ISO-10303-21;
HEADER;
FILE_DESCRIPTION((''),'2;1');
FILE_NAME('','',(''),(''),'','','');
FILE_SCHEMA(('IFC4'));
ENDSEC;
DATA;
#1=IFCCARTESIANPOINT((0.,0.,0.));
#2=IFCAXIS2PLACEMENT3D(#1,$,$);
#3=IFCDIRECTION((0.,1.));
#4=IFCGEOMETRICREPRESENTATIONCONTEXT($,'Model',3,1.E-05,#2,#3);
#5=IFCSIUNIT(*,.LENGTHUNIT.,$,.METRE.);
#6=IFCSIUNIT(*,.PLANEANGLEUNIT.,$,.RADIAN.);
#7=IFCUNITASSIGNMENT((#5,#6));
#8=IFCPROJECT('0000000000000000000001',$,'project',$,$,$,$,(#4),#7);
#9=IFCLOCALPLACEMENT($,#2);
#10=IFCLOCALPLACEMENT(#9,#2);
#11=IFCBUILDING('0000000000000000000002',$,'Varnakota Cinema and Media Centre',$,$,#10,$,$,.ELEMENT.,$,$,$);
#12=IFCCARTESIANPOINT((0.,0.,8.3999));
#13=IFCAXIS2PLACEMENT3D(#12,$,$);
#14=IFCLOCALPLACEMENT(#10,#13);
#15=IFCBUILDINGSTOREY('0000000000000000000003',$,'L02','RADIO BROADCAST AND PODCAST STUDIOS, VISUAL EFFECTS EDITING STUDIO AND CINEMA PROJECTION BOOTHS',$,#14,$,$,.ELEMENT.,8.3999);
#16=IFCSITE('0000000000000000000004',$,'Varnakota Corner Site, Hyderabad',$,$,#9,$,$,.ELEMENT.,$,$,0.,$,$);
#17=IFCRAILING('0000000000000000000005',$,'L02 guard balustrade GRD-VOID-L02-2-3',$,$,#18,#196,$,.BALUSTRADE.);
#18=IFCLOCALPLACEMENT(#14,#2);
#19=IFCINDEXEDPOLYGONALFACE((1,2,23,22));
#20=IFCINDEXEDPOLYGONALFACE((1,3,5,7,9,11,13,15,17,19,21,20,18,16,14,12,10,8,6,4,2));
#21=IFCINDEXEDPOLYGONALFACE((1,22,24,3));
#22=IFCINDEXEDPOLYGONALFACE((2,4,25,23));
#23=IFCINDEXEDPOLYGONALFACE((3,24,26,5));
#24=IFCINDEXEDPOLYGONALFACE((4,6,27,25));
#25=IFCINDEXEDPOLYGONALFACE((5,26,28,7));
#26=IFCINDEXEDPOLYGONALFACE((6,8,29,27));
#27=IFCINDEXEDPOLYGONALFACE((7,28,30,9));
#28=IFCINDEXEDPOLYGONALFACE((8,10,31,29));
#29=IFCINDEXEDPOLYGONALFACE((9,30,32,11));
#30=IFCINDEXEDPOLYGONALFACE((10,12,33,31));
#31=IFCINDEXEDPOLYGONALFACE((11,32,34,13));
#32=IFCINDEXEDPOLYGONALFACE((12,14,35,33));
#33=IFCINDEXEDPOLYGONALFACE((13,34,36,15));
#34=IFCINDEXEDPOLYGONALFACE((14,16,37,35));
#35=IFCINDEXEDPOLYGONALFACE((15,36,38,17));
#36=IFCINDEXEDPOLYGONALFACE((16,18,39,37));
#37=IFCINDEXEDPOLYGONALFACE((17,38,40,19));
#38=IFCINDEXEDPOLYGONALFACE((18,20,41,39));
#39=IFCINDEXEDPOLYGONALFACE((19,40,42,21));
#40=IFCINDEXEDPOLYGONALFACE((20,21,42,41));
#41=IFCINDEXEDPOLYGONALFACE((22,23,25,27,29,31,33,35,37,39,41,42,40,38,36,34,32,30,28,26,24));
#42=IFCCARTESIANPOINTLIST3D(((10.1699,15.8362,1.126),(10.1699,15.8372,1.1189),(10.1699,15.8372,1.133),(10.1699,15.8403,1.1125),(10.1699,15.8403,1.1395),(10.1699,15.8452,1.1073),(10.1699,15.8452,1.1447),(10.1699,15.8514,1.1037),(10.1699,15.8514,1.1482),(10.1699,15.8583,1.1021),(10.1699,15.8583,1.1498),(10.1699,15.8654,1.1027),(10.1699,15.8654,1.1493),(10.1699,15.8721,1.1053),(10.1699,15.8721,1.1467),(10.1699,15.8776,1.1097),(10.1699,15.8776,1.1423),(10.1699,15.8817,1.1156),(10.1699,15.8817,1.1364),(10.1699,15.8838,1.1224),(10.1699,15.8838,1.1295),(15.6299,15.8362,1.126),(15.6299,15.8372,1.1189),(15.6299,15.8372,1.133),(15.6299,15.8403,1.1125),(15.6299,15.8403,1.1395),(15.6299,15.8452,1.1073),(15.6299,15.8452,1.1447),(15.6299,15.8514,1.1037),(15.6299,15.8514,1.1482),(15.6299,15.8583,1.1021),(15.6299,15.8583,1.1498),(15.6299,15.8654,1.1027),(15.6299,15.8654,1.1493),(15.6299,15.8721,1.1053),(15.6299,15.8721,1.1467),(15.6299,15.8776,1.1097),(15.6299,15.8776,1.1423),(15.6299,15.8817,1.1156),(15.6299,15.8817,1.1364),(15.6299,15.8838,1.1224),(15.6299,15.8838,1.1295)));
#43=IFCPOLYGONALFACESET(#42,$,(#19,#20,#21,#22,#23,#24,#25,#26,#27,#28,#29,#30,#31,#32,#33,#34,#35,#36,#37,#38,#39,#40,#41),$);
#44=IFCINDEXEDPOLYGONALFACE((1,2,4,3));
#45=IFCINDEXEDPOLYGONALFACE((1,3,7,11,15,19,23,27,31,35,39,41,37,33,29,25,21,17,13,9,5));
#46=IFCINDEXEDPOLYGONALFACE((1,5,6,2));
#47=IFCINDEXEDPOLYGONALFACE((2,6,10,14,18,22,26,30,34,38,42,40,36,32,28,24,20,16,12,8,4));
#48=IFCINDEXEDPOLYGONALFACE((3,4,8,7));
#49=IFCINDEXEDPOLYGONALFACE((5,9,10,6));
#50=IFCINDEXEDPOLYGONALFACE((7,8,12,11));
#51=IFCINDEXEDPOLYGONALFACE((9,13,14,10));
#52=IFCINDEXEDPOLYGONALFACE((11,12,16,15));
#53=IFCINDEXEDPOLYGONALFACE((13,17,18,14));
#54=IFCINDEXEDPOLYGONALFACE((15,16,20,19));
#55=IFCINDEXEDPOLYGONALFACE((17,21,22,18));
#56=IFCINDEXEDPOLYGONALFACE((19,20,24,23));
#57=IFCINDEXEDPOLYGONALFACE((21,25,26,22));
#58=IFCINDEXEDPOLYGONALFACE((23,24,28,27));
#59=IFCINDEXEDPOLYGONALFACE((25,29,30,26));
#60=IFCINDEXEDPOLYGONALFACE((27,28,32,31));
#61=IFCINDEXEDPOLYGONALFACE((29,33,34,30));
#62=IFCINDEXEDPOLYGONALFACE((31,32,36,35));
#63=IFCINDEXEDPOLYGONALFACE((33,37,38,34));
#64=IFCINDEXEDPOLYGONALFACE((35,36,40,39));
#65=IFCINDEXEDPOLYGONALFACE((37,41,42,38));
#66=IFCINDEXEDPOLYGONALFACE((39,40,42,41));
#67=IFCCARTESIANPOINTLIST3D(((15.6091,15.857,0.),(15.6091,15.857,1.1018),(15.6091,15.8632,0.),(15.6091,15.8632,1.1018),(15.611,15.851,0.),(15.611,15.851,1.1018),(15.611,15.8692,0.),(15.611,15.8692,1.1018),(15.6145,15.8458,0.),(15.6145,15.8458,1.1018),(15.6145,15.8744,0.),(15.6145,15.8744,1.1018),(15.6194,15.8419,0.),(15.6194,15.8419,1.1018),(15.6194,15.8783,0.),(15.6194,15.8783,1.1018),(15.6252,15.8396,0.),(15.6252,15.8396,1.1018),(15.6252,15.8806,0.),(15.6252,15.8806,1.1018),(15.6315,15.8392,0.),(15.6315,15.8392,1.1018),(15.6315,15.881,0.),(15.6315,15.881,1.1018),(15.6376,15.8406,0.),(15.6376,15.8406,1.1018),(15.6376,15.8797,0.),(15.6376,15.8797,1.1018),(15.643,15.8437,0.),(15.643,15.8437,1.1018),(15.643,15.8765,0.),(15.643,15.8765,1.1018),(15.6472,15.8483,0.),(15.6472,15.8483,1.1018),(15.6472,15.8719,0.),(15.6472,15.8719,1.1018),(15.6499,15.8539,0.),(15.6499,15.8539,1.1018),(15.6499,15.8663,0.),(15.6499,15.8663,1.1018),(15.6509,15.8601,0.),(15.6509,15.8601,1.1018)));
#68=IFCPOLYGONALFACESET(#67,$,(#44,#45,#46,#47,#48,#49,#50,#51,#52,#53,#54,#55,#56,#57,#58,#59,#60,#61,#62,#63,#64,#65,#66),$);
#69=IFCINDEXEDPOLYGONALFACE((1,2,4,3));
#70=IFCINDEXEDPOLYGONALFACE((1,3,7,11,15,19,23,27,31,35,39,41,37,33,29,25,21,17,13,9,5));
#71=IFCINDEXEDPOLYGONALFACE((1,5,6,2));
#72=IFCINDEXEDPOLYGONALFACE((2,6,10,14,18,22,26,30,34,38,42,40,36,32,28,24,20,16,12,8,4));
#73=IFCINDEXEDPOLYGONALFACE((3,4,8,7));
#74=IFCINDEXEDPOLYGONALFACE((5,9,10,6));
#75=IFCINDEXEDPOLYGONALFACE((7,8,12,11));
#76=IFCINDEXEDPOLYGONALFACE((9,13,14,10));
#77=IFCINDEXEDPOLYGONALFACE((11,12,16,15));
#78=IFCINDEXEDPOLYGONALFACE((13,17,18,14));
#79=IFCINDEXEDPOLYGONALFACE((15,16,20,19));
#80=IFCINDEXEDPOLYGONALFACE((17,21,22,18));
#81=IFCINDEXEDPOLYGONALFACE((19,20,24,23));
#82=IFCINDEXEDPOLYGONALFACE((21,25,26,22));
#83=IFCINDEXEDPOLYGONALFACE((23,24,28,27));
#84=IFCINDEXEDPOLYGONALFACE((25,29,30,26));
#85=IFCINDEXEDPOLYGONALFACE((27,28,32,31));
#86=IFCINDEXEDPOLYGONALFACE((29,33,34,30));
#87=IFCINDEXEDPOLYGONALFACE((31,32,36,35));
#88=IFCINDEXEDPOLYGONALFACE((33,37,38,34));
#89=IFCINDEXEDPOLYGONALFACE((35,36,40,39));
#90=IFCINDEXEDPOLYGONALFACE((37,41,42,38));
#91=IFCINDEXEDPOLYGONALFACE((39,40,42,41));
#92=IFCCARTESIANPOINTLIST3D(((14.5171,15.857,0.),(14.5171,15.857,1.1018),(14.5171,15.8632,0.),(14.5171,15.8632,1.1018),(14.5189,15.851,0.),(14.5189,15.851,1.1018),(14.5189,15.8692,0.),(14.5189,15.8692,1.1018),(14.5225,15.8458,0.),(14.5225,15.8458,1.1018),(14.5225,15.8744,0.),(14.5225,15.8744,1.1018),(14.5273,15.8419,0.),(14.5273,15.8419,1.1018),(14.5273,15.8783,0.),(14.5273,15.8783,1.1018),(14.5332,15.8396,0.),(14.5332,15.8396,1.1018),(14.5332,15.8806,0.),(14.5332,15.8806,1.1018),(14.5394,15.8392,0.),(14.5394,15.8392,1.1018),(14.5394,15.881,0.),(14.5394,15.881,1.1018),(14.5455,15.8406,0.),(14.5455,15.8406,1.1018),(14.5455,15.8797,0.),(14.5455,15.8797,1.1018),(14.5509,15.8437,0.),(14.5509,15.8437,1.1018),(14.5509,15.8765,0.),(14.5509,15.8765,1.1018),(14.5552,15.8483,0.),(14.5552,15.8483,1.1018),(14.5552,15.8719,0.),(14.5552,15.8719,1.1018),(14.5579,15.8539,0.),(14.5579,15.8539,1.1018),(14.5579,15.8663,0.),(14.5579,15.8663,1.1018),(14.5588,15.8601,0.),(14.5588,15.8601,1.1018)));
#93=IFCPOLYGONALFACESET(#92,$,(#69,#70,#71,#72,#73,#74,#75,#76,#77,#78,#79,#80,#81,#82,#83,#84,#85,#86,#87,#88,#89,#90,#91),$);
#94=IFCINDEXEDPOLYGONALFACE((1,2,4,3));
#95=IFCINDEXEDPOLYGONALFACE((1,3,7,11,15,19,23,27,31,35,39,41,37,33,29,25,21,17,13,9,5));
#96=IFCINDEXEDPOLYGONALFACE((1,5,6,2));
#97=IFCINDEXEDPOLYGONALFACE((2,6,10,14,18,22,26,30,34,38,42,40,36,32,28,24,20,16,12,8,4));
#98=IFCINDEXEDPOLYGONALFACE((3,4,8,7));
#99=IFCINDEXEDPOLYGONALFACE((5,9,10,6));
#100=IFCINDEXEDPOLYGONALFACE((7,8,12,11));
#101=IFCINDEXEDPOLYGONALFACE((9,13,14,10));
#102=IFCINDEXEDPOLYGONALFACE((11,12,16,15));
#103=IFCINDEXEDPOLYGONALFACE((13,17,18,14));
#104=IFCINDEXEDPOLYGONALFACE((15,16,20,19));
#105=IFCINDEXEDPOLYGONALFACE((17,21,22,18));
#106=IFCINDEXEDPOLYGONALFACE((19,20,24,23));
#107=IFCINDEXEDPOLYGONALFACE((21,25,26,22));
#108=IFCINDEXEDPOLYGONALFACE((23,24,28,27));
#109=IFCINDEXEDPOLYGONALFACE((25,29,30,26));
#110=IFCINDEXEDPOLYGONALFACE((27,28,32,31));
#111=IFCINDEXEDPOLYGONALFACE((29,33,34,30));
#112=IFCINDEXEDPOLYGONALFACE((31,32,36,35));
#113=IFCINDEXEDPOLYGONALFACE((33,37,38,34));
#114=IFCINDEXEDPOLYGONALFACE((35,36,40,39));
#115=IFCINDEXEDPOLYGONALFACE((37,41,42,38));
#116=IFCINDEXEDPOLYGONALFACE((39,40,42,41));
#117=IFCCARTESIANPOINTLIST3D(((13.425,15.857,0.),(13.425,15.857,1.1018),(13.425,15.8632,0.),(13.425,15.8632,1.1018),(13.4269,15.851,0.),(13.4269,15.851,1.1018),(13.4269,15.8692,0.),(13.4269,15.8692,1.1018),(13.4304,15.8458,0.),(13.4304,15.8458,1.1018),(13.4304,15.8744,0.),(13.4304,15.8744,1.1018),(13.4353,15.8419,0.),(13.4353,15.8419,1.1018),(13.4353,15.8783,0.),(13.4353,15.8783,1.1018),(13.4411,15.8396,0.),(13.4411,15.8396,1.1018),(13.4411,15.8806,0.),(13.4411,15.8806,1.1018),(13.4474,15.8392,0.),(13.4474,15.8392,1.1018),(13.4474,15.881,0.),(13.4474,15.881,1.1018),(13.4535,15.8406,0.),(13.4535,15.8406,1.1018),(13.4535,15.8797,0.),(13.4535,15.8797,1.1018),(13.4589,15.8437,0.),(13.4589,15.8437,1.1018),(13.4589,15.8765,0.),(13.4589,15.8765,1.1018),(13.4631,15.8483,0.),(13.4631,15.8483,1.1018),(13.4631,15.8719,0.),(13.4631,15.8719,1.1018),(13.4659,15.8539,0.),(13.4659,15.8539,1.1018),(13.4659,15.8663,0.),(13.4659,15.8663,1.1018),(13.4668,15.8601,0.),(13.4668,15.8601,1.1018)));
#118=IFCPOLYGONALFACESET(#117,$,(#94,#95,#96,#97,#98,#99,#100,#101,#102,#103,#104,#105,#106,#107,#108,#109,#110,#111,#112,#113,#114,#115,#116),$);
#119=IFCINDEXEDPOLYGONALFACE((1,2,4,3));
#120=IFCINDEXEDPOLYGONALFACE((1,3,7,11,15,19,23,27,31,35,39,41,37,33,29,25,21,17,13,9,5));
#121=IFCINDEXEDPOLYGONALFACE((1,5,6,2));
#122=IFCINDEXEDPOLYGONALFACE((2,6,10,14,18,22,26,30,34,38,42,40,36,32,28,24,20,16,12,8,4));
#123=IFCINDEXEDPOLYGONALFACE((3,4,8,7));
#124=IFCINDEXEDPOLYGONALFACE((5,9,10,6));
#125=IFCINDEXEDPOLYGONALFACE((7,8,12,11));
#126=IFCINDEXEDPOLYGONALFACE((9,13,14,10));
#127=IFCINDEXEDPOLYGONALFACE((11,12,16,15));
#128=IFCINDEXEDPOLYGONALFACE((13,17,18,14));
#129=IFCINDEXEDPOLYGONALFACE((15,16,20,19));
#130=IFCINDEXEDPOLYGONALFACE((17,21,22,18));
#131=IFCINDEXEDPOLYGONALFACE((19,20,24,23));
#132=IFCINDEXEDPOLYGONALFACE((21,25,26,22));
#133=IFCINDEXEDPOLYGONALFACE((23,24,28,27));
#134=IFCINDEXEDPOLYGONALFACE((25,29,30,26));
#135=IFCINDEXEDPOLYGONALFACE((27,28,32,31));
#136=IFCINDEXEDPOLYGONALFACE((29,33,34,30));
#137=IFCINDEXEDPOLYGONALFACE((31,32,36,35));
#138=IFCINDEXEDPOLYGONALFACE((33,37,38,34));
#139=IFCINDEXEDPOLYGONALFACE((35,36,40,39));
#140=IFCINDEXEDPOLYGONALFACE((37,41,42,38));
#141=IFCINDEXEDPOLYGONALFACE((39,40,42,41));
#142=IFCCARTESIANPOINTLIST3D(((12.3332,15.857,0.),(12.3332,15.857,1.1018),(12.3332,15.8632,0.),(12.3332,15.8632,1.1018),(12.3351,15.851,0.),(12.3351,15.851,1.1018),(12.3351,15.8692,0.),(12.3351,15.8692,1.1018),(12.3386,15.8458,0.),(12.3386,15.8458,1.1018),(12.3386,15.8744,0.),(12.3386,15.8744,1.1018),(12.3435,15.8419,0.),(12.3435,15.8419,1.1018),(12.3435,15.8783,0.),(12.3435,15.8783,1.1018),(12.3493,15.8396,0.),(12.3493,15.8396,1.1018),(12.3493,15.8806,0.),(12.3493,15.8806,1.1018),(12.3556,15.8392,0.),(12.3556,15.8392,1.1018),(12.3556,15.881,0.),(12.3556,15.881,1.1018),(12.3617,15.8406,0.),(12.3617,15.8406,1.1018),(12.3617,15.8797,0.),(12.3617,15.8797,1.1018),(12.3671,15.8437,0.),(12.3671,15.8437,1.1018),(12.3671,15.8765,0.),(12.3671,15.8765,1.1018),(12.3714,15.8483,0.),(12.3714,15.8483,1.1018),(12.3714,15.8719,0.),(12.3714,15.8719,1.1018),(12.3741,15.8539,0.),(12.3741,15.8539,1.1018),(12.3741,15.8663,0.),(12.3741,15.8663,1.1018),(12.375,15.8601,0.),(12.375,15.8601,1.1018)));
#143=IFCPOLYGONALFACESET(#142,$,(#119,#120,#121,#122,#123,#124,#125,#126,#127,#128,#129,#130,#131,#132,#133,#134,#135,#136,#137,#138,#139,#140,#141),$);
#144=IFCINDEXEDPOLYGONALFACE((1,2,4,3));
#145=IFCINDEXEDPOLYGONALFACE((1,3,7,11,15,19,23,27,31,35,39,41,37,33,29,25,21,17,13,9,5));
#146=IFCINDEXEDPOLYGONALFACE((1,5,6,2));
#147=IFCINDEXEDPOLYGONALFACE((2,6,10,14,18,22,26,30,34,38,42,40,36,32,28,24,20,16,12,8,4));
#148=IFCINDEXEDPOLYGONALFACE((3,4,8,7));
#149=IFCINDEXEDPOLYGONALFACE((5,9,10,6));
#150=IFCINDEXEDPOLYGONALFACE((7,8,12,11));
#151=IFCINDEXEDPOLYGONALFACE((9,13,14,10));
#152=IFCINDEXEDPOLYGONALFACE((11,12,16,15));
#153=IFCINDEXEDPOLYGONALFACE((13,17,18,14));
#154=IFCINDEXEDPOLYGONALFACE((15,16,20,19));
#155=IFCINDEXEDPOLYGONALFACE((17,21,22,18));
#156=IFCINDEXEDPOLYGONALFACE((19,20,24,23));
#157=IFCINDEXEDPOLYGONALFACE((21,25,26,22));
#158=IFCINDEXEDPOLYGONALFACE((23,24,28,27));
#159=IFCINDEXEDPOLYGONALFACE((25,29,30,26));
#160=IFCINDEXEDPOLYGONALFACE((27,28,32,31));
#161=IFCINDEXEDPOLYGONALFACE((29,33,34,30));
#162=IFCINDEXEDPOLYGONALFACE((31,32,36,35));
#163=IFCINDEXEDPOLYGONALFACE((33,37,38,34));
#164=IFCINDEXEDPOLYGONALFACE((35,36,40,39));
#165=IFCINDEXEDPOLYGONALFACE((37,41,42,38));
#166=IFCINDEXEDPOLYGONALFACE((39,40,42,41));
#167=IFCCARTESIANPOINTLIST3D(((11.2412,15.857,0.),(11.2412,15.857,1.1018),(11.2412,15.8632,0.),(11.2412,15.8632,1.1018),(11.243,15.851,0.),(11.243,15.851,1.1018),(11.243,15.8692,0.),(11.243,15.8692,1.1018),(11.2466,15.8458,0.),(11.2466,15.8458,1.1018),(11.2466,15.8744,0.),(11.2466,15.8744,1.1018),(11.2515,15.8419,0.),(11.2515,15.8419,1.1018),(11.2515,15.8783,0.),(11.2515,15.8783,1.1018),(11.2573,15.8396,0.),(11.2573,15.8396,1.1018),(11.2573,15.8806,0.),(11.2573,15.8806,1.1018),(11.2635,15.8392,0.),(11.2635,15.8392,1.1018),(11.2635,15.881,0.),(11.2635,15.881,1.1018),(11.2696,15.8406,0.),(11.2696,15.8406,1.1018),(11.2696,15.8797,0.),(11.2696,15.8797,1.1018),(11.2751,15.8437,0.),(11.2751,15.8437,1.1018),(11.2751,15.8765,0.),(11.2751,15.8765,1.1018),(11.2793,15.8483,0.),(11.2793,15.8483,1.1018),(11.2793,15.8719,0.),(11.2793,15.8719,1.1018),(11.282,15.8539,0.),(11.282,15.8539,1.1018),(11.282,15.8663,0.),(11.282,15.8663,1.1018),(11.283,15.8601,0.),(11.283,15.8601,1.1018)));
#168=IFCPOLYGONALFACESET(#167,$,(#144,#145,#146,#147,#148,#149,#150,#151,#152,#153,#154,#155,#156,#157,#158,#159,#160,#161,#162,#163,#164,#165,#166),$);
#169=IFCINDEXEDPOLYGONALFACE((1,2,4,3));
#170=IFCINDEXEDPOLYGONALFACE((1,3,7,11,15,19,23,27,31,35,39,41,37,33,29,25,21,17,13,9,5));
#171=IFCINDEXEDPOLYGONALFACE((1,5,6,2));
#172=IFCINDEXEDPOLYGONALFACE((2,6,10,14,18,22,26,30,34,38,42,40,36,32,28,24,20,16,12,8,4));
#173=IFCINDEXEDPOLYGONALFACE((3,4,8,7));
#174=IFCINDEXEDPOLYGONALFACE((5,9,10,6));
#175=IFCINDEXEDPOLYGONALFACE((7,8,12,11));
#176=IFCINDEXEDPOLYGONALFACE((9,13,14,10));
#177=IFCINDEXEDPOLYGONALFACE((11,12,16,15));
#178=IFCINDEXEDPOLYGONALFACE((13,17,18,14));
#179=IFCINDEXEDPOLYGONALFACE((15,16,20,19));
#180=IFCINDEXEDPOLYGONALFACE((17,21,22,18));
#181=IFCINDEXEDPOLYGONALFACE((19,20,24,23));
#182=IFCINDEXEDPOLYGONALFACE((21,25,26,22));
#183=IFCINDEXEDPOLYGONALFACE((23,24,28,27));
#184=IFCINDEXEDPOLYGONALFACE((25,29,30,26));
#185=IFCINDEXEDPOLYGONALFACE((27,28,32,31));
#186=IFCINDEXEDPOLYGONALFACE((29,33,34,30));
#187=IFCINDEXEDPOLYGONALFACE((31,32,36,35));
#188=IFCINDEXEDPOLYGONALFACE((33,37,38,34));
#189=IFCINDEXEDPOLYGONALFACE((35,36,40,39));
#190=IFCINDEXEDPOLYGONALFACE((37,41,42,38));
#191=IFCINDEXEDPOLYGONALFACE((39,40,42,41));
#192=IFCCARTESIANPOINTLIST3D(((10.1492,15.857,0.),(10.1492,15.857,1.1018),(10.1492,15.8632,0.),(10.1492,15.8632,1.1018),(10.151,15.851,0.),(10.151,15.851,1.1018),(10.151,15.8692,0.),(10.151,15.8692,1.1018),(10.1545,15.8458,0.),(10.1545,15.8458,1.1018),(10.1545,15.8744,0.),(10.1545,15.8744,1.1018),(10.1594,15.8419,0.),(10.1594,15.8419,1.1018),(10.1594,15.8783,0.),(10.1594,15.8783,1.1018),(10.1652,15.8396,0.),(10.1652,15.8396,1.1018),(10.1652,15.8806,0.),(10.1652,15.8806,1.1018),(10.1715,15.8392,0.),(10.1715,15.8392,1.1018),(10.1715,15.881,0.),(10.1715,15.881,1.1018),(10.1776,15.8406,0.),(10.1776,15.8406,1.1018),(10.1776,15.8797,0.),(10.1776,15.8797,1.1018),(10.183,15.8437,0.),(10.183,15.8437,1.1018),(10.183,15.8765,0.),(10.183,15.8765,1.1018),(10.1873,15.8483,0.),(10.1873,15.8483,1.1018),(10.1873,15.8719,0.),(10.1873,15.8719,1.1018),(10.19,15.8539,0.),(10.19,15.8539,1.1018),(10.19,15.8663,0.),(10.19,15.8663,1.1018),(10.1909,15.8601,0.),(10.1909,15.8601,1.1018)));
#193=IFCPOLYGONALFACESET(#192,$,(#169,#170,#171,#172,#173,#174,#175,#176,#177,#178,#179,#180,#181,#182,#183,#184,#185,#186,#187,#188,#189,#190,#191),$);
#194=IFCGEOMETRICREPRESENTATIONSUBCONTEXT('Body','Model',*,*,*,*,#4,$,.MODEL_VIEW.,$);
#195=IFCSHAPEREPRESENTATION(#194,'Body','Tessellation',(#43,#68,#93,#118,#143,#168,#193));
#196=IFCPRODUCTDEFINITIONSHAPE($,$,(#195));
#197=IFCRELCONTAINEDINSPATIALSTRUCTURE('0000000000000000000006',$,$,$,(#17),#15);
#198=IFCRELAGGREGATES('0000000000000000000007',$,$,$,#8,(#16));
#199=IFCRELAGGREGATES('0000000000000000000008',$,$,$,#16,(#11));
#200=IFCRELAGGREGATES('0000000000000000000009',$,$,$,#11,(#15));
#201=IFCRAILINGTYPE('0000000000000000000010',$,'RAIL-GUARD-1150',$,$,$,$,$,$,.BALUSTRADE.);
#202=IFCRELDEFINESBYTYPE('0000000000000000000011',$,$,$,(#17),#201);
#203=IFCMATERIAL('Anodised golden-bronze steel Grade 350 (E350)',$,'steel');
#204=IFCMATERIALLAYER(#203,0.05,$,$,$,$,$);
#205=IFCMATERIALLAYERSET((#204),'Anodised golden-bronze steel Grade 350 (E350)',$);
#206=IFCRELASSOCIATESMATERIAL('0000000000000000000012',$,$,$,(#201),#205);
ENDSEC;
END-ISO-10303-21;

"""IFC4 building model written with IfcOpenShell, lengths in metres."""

from ifc_helpers import new_model, si_unit, direction, frame, origin, origin_2d, place, context, subcontext, project, spatial, circle, extrude, material, layer, layer_set, type_object, element, save


model = new_model("IFC4")

# Units and contexts
model_context = context("Model", 3, precision=1e-05, world=origin(), true_north=direction((0.0, 1.0)))
body_context = subcontext(model_context, "Body", "Model", "MODEL_VIEW")
ifc_project = project(units=[si_unit("LENGTHUNIT", "METRE"), si_unit("PLANEANGLEUNIT", "RADIAN")], contexts=[model_context])

# Site, building, storey
site_placement = place(None, origin())
site = spatial("IfcSite", under=ifc_project, at=site_placement, Name="Varnakota Corner Site, Hyderabad", CompositionType="ELEMENT", RefElevation=0.0)
building_placement = place(site_placement, origin())
building = spatial("IfcBuilding", under=site, at=building_placement, Name="Varnakota Cinema and Media Centre", CompositionType="ELEMENT")
storey_placement = place(building_placement, frame((0.0, 0.0, 8.3999)))
storey = spatial("IfcBuildingStorey", under=building, at=storey_placement, Name="L02", Description="RADIO BROADCAST AND PODCAST STUDIOS, VISUAL EFFECTS EDITING STUDIO AND CINEMA PROJECTION BOOTHS", CompositionType="ELEMENT", Elevation=8.3999)

# Railing
ifc_material_1 = material(Name="Anodised golden-bronze steel Grade 350 (E350)", Category="steel")
ifc_layer_1 = layer(ifc_material_1, 0.05)
ifc_layer_set_1 = layer_set([ifc_layer_1], Name="Anodised golden-bronze steel Grade 350 (E350)")
railing_type = type_object("IfcRailingType", Name="RAIL-GUARD-1150", PredefinedType="BALUSTRADE", material=ifc_layer_set_1)
railing_1_placement = place(storey_placement, frame((15.6299, 15.8601, 0.0)))
element("IfcRailing", 1, at=railing_1_placement, inside=storey, type_object=railing_type, Name="L02 guard balustrade GRD-VOID-L02-2-3", PredefinedType="BALUSTRADE", context=body_context, shape_type="SweptSolid", body=[
    extrude(circle(Radius=0.0239, at=origin_2d()), frame((0.0, 0.0, 1.126), z_axis=(-1.0, 0.0, 0.0), x_axis=(0.0, -1.0, 0.0)), (0.0, 0.0, 1.0), 5.46),
    extrude(circle(Radius=0.021, at=origin_2d()), origin(), (0.0, 0.0, 1.0), 1.1018),
    extrude(circle(Radius=0.021, at=origin_2d()), frame((-1.092, 0.0, 0.0)), (0.0, 0.0, 1.0), 1.1018),
    extrude(circle(Radius=0.021, at=origin_2d()), frame((-2.1841, 0.0, 0.0)), (0.0, 0.0, 1.0), 1.1018),
    extrude(circle(Radius=0.021, at=origin_2d()), frame((-3.2759, 0.0, 0.0)), (0.0, 0.0, 1.0), 1.1018),
    extrude(circle(Radius=0.021, at=origin_2d()), frame((-4.3679, 0.0, 0.0)), (0.0, 0.0, 1.0), 1.1018),
    extrude(circle(Radius=0.021, at=origin_2d()), frame((-5.46, 0.0, 0.0)), (0.0, 0.0, 1.0), 1.1018),
])

save(model, "model.ifc")
